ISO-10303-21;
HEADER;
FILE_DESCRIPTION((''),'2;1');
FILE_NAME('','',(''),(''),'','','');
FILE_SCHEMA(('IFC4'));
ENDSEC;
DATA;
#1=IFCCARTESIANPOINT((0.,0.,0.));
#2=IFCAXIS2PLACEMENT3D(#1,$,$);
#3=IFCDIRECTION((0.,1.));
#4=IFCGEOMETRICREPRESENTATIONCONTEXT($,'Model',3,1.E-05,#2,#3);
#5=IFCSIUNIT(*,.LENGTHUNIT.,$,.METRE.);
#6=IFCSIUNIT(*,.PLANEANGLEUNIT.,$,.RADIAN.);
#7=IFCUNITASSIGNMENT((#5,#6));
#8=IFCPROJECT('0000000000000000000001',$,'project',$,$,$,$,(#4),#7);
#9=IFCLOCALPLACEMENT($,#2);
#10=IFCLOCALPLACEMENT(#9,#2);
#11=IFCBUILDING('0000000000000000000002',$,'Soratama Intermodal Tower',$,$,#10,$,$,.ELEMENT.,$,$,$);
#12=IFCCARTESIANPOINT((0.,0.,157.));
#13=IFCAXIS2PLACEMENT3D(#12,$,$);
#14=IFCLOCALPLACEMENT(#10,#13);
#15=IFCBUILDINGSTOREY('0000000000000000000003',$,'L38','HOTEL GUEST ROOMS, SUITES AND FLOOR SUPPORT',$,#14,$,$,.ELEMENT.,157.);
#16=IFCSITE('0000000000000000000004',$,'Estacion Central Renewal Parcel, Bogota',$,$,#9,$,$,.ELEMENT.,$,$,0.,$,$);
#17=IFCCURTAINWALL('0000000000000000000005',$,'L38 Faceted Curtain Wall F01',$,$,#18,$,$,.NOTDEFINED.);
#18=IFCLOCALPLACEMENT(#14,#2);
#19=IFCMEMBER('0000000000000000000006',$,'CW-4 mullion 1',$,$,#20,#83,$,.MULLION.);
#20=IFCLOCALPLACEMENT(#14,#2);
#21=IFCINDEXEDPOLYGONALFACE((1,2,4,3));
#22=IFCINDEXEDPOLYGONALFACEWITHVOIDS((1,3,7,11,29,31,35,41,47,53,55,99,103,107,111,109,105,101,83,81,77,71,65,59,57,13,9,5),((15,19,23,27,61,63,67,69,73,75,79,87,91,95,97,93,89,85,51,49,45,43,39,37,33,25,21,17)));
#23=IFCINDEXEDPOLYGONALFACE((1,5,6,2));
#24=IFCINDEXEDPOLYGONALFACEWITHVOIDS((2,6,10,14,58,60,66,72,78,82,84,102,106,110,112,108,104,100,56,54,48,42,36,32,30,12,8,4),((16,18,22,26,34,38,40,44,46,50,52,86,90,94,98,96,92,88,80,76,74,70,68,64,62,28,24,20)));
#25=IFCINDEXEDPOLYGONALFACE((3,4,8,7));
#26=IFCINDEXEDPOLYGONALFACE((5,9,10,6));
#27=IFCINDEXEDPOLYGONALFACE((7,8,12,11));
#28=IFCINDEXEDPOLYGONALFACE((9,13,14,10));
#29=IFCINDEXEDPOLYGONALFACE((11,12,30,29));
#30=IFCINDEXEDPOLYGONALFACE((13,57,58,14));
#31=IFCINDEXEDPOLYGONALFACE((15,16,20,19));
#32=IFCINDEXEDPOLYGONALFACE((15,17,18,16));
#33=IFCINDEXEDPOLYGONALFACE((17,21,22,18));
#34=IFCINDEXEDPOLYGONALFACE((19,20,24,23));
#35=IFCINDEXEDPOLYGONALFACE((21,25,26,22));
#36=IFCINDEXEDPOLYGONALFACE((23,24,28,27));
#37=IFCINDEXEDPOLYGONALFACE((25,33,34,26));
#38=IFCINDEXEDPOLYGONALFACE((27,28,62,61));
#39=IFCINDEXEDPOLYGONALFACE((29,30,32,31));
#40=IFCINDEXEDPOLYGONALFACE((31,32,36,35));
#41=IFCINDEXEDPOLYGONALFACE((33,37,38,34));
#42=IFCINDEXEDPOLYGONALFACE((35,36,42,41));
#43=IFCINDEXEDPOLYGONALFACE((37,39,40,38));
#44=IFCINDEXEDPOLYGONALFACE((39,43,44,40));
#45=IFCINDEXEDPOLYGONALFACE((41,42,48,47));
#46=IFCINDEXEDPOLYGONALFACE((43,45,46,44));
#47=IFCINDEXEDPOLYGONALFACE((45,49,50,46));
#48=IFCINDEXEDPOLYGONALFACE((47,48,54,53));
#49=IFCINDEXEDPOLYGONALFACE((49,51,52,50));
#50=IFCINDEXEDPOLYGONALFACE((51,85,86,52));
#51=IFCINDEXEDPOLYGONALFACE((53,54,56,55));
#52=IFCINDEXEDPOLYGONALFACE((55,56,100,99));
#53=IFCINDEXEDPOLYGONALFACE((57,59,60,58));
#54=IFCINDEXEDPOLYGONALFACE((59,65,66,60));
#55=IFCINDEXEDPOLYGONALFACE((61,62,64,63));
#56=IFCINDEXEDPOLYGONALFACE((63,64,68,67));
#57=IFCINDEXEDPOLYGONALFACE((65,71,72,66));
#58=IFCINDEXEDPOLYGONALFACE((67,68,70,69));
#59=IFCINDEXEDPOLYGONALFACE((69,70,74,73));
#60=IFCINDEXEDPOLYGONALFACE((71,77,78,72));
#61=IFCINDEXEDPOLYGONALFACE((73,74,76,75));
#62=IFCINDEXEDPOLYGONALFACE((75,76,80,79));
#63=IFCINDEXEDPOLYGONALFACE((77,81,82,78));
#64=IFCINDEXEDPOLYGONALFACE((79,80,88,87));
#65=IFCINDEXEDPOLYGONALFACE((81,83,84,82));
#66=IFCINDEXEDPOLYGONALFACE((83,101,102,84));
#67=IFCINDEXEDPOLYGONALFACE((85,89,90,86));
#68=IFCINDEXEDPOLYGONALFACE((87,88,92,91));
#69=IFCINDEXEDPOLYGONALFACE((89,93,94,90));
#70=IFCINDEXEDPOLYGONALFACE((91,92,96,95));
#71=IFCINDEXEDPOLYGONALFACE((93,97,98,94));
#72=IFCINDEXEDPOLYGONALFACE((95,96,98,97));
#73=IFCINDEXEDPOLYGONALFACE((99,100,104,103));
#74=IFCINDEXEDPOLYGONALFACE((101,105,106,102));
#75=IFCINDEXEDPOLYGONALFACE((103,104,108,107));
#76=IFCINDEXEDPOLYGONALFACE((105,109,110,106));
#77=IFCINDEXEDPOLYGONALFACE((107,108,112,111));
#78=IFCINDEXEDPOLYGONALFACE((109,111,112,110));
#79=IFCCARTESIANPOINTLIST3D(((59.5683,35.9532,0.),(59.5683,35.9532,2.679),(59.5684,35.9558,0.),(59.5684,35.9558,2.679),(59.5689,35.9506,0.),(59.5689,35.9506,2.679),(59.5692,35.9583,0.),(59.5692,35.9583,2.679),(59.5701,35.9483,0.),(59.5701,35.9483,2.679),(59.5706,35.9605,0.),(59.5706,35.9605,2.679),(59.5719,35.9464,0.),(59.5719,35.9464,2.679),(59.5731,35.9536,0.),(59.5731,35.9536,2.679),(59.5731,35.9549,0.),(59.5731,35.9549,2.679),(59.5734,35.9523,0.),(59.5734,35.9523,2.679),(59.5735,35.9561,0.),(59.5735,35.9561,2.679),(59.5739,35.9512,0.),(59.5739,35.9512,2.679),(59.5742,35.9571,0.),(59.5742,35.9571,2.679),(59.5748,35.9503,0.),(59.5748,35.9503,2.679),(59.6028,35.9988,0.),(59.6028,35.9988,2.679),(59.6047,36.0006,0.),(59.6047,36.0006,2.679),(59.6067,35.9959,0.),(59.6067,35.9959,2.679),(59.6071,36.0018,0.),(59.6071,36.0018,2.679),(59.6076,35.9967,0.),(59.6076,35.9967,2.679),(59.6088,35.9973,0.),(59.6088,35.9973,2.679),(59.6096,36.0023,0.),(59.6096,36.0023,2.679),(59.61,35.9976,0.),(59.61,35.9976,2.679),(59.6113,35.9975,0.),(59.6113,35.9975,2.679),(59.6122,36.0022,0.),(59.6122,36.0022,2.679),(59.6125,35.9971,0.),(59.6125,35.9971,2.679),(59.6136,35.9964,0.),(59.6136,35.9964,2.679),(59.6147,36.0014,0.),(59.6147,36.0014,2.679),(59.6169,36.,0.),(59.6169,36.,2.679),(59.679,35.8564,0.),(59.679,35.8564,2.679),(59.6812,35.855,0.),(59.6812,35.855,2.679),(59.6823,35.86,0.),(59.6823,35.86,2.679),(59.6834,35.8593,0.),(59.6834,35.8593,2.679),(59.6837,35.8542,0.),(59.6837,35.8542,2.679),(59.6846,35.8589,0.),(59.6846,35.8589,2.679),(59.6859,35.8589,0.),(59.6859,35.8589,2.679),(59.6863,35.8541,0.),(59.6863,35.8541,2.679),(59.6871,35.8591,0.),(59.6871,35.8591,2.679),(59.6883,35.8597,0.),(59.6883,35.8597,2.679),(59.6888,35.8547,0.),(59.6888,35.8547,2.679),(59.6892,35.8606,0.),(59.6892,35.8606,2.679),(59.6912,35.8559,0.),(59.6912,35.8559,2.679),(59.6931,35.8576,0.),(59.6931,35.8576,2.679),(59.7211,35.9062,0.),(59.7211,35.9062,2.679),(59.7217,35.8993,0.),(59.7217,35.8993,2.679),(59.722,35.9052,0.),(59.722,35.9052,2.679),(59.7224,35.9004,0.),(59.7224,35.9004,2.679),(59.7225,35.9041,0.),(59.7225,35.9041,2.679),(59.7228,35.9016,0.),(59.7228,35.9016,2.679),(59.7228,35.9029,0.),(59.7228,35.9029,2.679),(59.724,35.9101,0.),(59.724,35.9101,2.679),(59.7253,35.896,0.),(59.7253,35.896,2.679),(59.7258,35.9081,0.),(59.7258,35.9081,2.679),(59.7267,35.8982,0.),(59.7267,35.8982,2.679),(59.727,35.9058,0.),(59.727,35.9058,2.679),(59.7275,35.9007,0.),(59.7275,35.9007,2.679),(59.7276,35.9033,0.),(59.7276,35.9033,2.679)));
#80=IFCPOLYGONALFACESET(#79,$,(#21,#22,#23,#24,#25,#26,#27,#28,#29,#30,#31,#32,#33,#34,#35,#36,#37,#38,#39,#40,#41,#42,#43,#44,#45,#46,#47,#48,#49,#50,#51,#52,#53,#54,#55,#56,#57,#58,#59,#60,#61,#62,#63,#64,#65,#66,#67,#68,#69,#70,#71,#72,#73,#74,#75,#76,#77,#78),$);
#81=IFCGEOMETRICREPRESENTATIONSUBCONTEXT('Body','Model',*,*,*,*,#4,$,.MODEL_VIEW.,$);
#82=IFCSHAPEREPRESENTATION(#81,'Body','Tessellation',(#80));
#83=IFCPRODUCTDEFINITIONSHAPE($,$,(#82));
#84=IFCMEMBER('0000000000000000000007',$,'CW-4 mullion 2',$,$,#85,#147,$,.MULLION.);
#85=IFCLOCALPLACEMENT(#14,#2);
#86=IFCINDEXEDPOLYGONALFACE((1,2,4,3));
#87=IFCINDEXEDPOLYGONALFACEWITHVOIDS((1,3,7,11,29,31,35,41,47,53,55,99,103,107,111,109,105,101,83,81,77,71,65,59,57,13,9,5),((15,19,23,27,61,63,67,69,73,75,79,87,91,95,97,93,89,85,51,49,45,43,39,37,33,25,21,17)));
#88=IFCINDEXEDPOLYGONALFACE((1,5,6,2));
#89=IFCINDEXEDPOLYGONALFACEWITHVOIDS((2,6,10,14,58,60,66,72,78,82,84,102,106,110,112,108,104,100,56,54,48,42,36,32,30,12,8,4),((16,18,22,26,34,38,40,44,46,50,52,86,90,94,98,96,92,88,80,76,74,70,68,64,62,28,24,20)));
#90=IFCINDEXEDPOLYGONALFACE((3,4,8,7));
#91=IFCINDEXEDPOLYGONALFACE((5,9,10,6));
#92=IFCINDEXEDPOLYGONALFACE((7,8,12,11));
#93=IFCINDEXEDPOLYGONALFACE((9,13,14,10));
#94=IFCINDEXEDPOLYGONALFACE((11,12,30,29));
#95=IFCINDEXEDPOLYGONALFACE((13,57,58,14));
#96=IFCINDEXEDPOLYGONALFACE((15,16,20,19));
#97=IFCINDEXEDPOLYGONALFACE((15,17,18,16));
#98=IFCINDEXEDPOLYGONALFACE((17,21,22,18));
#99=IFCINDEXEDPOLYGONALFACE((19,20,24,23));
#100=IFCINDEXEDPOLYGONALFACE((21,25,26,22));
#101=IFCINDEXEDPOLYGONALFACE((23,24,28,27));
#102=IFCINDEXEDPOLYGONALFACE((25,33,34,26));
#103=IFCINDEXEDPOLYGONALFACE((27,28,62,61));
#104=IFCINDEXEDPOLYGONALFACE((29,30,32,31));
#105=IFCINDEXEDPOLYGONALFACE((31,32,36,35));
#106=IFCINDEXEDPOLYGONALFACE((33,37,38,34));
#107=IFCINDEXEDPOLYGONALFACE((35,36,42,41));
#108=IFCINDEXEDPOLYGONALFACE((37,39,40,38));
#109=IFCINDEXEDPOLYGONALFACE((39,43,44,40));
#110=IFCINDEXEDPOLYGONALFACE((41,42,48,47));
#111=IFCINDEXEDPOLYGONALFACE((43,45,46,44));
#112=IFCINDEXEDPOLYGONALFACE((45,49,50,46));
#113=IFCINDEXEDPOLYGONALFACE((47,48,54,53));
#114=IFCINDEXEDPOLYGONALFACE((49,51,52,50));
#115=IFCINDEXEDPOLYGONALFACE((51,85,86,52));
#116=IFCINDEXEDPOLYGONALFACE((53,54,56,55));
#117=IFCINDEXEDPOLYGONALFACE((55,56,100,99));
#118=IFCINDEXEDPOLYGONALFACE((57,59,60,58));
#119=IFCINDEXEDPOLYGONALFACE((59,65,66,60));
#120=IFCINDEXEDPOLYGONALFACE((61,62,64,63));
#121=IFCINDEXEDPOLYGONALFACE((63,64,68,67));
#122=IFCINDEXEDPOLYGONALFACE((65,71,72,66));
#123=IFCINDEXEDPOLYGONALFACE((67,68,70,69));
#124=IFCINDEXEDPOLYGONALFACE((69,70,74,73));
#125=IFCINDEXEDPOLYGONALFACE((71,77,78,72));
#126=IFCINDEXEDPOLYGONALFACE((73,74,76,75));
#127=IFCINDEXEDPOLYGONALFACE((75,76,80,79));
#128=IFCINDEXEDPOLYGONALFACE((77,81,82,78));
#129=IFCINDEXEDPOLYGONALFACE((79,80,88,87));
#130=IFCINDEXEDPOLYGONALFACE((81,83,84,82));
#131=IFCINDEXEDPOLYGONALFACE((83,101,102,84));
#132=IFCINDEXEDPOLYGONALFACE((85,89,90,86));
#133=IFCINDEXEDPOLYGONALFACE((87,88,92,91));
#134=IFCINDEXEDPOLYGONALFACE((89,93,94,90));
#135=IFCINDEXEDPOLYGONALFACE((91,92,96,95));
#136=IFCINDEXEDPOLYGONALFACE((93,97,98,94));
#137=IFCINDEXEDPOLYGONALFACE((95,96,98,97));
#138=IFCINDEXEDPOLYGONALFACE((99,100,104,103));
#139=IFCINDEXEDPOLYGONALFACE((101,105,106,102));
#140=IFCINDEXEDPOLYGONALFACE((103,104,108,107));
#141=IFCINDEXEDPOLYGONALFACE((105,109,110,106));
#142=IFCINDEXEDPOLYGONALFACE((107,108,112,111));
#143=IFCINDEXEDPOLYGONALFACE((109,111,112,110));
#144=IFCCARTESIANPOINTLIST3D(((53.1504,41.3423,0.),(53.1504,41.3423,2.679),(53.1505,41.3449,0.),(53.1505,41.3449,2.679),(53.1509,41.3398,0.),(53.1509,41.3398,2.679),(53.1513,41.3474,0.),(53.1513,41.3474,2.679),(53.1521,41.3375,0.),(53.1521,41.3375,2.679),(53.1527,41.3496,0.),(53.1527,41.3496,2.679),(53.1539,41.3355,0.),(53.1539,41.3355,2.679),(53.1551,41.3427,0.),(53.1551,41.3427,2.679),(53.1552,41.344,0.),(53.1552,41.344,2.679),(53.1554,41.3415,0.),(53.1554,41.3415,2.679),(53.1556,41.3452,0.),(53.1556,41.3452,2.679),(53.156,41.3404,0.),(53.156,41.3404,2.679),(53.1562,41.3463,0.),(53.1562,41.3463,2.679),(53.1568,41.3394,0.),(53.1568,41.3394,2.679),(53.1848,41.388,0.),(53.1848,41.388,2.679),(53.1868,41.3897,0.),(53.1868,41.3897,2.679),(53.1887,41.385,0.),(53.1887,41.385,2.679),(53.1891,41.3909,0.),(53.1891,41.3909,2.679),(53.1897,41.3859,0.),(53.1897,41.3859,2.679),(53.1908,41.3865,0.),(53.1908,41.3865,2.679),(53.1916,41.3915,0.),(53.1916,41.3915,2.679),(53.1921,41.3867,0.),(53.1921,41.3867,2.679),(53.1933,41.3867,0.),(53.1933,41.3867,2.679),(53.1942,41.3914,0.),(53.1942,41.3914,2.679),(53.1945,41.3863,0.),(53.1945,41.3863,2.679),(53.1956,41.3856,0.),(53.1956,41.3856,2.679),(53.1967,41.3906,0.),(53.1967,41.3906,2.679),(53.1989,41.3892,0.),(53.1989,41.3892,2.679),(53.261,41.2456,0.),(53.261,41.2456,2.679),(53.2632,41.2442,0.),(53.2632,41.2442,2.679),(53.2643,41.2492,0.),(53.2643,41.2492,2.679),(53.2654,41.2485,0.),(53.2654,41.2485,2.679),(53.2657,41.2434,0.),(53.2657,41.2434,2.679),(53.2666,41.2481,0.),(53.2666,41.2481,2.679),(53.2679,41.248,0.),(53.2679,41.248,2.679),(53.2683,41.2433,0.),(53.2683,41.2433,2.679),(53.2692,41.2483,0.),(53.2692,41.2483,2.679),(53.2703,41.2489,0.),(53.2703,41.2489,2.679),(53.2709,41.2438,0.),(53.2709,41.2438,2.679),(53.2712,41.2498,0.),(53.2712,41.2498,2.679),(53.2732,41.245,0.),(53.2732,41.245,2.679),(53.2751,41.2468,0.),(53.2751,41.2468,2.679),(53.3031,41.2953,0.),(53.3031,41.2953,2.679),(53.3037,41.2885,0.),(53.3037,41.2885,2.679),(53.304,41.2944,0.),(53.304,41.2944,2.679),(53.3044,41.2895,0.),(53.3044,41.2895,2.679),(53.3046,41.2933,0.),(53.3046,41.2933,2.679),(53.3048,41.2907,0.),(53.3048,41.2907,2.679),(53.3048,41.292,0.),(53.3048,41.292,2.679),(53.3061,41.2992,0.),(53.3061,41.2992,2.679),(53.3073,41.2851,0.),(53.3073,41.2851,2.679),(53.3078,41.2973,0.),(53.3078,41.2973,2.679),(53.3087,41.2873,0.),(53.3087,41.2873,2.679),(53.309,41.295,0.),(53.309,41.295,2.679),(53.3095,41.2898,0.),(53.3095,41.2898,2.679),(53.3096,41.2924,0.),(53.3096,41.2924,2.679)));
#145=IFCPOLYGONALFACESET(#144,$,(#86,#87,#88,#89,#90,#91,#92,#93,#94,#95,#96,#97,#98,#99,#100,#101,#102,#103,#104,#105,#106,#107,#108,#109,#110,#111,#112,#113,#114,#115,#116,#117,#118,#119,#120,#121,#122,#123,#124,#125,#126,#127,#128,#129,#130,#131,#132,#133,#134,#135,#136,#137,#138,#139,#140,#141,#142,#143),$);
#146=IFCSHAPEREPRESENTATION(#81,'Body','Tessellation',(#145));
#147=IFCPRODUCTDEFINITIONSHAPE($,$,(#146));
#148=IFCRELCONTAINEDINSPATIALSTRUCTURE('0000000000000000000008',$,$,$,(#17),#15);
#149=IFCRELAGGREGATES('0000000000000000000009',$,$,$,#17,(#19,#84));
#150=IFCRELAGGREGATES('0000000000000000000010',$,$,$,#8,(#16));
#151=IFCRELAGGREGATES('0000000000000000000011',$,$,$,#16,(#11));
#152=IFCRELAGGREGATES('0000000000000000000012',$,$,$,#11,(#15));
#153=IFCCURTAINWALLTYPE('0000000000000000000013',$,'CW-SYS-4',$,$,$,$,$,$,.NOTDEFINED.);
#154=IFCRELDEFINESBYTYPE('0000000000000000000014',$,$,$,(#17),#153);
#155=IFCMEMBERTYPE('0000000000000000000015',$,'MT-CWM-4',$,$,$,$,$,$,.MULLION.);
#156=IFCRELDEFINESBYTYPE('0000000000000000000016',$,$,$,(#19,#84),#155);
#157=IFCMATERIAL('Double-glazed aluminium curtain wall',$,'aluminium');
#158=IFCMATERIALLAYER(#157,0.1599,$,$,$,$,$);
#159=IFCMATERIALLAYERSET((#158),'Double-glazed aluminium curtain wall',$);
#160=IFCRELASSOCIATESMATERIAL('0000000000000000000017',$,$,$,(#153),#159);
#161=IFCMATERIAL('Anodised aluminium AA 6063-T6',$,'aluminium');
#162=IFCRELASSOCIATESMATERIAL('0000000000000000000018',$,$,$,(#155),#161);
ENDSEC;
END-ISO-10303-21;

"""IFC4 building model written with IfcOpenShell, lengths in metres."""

from ifc_helpers import new_model, si_unit, direction, frame, origin, origin_2d, place, context, subcontext, project, spatial, hollow_rectangle, extrude, material, layer, layer_set, material_profile, profile_set, type_object, element, aggregate, save


model = new_model("IFC4")

# Units and contexts
model_context = context("Model", 3, precision=1e-05, world=origin(), true_north=direction((0.0, 1.0)))
body_context = subcontext(model_context, "Body", "Model", "MODEL_VIEW")
ifc_project = project(units=[si_unit("LENGTHUNIT", "METRE"), si_unit("PLANEANGLEUNIT", "RADIAN")], contexts=[model_context])

# Site, building, storey
site_placement = place(None, origin())
site = spatial("IfcSite", under=ifc_project, at=site_placement, Name="Estacion Central Renewal Parcel, Bogota", CompositionType="ELEMENT", RefElevation=0.0)
building_placement = place(site_placement, origin())
building = spatial("IfcBuilding", under=site, at=building_placement, Name="Soratama Intermodal Tower", CompositionType="ELEMENT")
storey_placement = place(building_placement, frame((0.0, 0.0, 157.0)))
storey = spatial("IfcBuildingStorey", under=building, at=storey_placement, Name="L38", Description="HOTEL GUEST ROOMS, SUITES AND FLOOR SUPPORT", CompositionType="ELEMENT", Elevation=157.0)

# Curtain wall, members
ifc_material_1 = material(Name="Double-glazed aluminium curtain wall", Category="aluminium")
ifc_layer_1 = layer(ifc_material_1, 0.1599)
ifc_layer_set_1 = layer_set([ifc_layer_1], Name="Double-glazed aluminium curtain wall")
curtain_wall_type = type_object("IfcCurtainWallType", Name="CW-SYS-4", PredefinedType="NOTDEFINED", material=ifc_layer_set_1)
curtain_wall_placement = place(storey_placement, origin())
curtain_wall = element("IfcCurtainWall", 1, at=curtain_wall_placement, inside=storey, type_object=curtain_wall_type, Name="L38 Faceted Curtain Wall F01", PredefinedType="NOTDEFINED")
ifc_material_2 = material(Name="Anodised aluminium AA 6063-T6", Category="aluminium")
ifc_material_profile_1 = material_profile(ifc_material_2, hollow_rectangle(XDim=0.0701, YDim=0.1599, WallThickness=0.0049, InnerFilletRadius=0.0049, OuterFilletRadius=0.01, at=origin_2d()), Name="CWM160X70X5")
ifc_profile_set_1 = profile_set([ifc_material_profile_1], Name="Anodised aluminium AA 6063-T6")
member_type_1 = type_object("IfcMemberType", Name="MT-CWM-4", PredefinedType="MULLION", material=ifc_profile_set_1)
member_1_placement = place(storey_placement, frame((59.6479, 35.9282, 0.0), z_axis=(0.0, 0.0, 1.0), x_axis=(-0.643055, -0.76582, 0.0)))
member_1 = element("IfcMember", 2, at=member_1_placement, type_object=member_type_1, Name="CW-4 mullion 1", PredefinedType="MULLION", context=body_context, shape_type="SweptSolid", body=[
    extrude(hollow_rectangle(XDim=0.0701, YDim=0.1599, WallThickness=0.0049, InnerFilletRadius=0.0049, OuterFilletRadius=0.01, at=origin_2d()), origin(), (0.0, 0.0, 1.0), 2.679),
])
member_2_placement = place(storey_placement, frame((53.23, 41.3174, 0.0), z_axis=(0.0, 0.0, 1.0), x_axis=(-0.643055, -0.76582, 0.0)))
member_2 = element("IfcMember", 3, at=member_2_placement, type_object=member_type_1, Name="CW-4 mullion 2", PredefinedType="MULLION", context=body_context, shape_type="SweptSolid", body=[
    extrude(hollow_rectangle(XDim=0.0701, YDim=0.1599, WallThickness=0.0049, InnerFilletRadius=0.0049, OuterFilletRadius=0.01, at=origin_2d()), origin(), (0.0, 0.0, 1.0), 2.679),
])
aggregate(curtain_wall, [member_1, member_2])

save(model, "model.ifc")
